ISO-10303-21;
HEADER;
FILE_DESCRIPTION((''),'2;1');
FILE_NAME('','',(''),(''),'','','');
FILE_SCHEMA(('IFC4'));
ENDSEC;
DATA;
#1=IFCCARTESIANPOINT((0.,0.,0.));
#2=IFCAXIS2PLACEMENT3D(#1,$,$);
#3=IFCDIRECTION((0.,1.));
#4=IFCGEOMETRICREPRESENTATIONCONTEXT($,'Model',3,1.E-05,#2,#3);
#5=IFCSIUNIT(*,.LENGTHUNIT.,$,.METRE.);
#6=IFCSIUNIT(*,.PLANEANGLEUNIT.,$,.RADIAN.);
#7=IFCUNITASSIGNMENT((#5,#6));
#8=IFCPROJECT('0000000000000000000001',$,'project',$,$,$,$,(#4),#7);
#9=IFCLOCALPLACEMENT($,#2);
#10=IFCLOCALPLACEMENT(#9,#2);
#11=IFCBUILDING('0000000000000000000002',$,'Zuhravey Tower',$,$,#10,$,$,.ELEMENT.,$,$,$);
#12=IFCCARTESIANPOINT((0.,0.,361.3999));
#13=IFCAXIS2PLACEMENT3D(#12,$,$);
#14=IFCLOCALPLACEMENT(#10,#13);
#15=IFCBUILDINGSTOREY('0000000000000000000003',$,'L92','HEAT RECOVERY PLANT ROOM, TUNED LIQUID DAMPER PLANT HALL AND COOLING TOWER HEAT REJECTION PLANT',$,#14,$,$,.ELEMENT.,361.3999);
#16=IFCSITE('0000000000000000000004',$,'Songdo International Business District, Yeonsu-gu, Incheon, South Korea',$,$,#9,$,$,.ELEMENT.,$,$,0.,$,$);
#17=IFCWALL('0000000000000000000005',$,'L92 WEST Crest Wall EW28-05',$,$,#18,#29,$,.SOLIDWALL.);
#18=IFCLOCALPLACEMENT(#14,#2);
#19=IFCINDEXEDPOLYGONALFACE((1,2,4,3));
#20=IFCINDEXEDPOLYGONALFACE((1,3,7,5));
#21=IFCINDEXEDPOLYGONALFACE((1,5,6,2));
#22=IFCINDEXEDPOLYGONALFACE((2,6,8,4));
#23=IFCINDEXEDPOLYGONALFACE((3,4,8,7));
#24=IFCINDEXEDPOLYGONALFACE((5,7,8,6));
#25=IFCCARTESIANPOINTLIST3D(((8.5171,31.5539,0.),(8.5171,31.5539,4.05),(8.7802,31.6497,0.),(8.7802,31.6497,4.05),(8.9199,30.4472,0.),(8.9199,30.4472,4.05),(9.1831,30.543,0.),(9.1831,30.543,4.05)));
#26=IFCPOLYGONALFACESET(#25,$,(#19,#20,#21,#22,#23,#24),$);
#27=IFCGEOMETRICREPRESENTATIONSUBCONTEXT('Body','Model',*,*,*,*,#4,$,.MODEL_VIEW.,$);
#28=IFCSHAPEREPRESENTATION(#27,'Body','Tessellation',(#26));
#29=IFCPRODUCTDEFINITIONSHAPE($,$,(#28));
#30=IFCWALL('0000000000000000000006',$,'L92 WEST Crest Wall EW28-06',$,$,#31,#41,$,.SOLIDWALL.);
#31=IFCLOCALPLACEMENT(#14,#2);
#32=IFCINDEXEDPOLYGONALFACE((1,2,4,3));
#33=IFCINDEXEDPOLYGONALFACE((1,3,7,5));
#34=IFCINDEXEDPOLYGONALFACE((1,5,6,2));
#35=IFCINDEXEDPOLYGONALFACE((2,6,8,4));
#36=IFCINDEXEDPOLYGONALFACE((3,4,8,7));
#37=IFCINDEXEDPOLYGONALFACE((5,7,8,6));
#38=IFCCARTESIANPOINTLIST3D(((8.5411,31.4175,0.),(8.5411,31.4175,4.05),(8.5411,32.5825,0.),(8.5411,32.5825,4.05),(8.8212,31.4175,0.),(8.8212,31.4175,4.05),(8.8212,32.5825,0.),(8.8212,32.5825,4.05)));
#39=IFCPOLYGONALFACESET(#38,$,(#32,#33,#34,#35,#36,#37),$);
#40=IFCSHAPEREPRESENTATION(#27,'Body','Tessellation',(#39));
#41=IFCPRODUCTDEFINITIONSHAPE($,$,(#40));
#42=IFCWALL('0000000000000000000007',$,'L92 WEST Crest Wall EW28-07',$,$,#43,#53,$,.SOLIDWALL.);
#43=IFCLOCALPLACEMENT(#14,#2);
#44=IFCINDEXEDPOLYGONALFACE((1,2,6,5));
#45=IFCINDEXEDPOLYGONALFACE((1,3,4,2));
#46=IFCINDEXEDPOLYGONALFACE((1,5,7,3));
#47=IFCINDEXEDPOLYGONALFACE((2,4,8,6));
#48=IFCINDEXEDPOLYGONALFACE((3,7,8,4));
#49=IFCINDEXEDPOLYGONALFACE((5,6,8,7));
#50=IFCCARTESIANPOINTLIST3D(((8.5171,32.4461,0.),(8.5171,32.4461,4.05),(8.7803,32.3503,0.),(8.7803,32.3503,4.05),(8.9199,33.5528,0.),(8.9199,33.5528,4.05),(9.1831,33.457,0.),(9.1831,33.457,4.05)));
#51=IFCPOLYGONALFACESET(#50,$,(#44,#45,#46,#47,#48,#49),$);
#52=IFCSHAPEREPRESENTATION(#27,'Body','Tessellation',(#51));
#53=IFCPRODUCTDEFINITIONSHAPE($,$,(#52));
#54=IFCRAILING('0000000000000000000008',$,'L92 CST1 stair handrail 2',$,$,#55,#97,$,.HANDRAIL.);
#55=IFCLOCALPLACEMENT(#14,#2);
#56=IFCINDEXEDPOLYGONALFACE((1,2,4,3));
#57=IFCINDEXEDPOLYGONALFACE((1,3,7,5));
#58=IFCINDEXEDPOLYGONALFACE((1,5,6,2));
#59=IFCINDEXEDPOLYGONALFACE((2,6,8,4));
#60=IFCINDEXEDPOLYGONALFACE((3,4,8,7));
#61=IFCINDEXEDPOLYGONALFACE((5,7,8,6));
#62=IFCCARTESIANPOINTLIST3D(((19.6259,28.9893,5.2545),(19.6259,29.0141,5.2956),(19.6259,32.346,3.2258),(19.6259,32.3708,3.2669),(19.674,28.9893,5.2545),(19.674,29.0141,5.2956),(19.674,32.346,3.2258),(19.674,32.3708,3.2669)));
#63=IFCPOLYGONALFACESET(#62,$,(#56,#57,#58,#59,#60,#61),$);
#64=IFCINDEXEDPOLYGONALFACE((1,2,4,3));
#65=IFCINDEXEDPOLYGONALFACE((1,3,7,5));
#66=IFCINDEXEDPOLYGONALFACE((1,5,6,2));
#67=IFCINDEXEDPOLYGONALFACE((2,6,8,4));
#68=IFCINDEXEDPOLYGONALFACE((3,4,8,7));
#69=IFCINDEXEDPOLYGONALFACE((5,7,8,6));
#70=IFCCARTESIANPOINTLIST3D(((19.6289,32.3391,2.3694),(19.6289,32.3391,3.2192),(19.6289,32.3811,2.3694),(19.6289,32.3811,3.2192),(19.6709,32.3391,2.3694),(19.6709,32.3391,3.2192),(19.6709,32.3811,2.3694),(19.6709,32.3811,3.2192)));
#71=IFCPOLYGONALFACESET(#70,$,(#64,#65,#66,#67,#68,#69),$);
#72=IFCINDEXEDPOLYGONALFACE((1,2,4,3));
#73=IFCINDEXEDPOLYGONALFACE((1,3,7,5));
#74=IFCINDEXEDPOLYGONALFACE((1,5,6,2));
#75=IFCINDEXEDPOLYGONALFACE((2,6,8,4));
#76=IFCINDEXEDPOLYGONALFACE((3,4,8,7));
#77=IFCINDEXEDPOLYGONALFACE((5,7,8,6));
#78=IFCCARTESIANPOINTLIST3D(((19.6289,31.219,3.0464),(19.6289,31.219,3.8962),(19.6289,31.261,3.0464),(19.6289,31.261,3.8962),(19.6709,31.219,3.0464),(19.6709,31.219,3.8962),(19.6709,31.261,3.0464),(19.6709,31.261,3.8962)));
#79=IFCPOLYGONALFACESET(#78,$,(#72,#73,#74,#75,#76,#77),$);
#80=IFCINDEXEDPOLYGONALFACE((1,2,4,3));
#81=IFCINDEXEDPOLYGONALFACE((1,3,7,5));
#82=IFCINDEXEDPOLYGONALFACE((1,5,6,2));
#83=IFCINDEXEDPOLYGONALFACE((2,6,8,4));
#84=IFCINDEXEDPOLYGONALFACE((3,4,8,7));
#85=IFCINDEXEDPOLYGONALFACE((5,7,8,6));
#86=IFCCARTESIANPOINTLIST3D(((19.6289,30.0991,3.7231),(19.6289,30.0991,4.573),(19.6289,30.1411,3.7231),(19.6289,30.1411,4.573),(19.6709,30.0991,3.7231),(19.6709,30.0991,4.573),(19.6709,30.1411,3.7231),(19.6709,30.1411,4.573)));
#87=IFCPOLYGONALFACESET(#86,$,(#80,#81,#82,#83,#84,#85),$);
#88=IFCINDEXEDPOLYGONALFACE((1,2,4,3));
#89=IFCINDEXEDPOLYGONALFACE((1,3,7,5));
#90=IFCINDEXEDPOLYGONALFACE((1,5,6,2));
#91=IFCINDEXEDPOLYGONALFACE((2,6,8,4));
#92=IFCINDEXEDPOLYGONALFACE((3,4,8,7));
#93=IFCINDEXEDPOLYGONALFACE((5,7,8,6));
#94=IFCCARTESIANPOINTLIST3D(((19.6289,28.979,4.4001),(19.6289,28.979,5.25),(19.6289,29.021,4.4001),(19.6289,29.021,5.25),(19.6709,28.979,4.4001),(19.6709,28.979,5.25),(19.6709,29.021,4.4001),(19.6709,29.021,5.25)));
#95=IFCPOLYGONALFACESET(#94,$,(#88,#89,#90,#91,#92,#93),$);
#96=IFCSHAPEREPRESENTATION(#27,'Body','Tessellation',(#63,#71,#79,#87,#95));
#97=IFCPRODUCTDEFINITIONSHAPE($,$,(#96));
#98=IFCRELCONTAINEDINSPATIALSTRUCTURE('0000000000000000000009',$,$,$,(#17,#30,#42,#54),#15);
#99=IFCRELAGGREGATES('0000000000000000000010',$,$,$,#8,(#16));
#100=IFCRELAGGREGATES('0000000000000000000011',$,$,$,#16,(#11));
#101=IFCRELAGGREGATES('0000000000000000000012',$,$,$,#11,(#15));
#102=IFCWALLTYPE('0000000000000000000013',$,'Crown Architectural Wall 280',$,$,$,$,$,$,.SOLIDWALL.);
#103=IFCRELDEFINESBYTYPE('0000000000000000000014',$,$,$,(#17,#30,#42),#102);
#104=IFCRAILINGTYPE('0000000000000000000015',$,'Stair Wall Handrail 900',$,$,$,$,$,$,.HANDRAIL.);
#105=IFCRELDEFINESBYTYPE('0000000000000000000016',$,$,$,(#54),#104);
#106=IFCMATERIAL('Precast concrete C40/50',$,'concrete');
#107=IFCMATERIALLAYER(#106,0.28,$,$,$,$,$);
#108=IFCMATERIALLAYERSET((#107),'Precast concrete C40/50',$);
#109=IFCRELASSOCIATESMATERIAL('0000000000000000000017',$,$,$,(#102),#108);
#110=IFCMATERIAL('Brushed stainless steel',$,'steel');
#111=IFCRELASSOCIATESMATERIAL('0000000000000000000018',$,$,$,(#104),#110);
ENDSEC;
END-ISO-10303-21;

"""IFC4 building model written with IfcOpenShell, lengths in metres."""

from ifc_helpers import new_model, si_unit, direction, frame, frame_2d, origin, origin_2d, place, context, subcontext, project, spatial, rectangle, extrude, material, layer, layer_set, type_object, element, save


model = new_model("IFC4")

# Units and contexts
model_context = context("Model", 3, precision=1e-05, world=origin(), true_north=direction((0.0, 1.0)))
body_context = subcontext(model_context, "Body", "Model", "MODEL_VIEW")
ifc_project = project(units=[si_unit("LENGTHUNIT", "METRE"), si_unit("PLANEANGLEUNIT", "RADIAN")], contexts=[model_context])

# Site, building, storey
site_placement = place(None, origin())
site = spatial("IfcSite", under=ifc_project, at=site_placement, Name="Songdo International Business District, Yeonsu-gu, Incheon, South Korea", CompositionType="ELEMENT", RefElevation=0.0)
building_placement = place(site_placement, origin())
building = spatial("IfcBuilding", under=site, at=building_placement, Name="Zuhravey Tower", CompositionType="ELEMENT")
storey_placement = place(building_placement, frame((0.0, 0.0, 361.3999)))
storey = spatial("IfcBuildingStorey", under=building, at=storey_placement, Name="L92", Description="HEAT RECOVERY PLANT ROOM, TUNED LIQUID DAMPER PLANT HALL AND COOLING TOWER HEAT REJECTION PLANT", CompositionType="ELEMENT", Elevation=361.3999)

# Walls
ifc_material_1 = material(Name="Precast concrete C40/50", Category="concrete")
ifc_layer_1 = layer(ifc_material_1, 0.28)
ifc_layer_set_1 = layer_set([ifc_layer_1], Name="Precast concrete C40/50")
wall_type = type_object("IfcWallType", Name="Crown Architectural Wall 280", PredefinedType="SOLIDWALL", material=ifc_layer_set_1)
wall_1_placement = place(storey_placement, frame((9.0515, 30.4951, 0.0), z_axis=(0.0, 0.0, 1.0), x_axis=(-0.342043, 0.939684, 0.0)))
element("IfcWall", 1, at=wall_1_placement, inside=storey, type_object=wall_type, Name="L92 WEST Crest Wall EW28-05", PredefinedType="SOLIDWALL", context=body_context, shape_type="SweptSolid", body=[
    extrude(rectangle(XDim=1.1777, YDim=0.28, at=frame_2d((0.5889, 0.0))), origin(), (0.0, 0.0, 1.0), 4.05),
])
wall_2_placement = place(storey_placement, frame((8.6812, 31.4175, 0.0), z_axis=(0.0, 0.0, 1.0), x_axis=(0.0, 1.0, 0.0)))
element("IfcWall", 2, at=wall_2_placement, inside=storey, type_object=wall_type, Name="L92 WEST Crest Wall EW28-06", PredefinedType="SOLIDWALL", context=body_context, shape_type="SweptSolid", body=[
    extrude(rectangle(XDim=1.165, YDim=0.28, at=frame_2d((0.5825, 0.0))), origin(), (0.0, 0.0, 1.0), 4.05),
])
wall_3_placement = place(storey_placement, frame((8.6487, 32.3982, 0.0), z_axis=(0.0, 0.0, 1.0), x_axis=(0.342043, 0.939684, 0.0)))
element("IfcWall", 3, at=wall_3_placement, inside=storey, type_object=wall_type, Name="L92 WEST Crest Wall EW28-07", PredefinedType="SOLIDWALL", context=body_context, shape_type="SweptSolid", body=[
    extrude(rectangle(XDim=1.1777, YDim=0.28, at=frame_2d((0.5889, 0.0))), origin(), (0.0, 0.0, 1.0), 4.05),
])

# Railing
ifc_material_2 = material(Name="Brushed stainless steel", Category="steel")
railing_type = type_object("IfcRailingType", Name="Stair Wall Handrail 900", PredefinedType="HANDRAIL", material=ifc_material_2)
railing_placement = place(storey_placement, frame((19.6499, 32.3601, 2.3694)))
element("IfcRailing", 4, at=railing_placement, inside=storey, type_object=railing_type, Name="L92 CST1 stair handrail 2", PredefinedType="HANDRAIL", context=body_context, shape_type="SweptSolid", body=[
    extrude(rectangle(XDim=0.0481, YDim=0.0481, at=origin_2d()), frame((0.0, -0.0017, 0.877), z_axis=(0.0, -0.855837, 0.517246), x_axis=(1.0, 0.0, 0.0)), (0.0, 0.0, 1.0), 3.9221),
    extrude(rectangle(XDim=0.042, YDim=0.042, at=origin_2d()), origin(), (0.0, 0.0, 1.0), 0.8499),
    extrude(rectangle(XDim=0.042, YDim=0.042, at=origin_2d()), frame((0.0, -1.1201, 0.677)), (0.0, 0.0, 1.0), 0.8499),
    extrude(rectangle(XDim=0.042, YDim=0.042, at=origin_2d()), frame((0.0, -2.24, 1.3538)), (0.0, 0.0, 1.0), 0.8499),
    extrude(rectangle(XDim=0.042, YDim=0.042, at=origin_2d()), frame((0.0, -3.3601, 2.0308)), (0.0, 0.0, 1.0), 0.8499),
])

save(model, "model.ifc")
